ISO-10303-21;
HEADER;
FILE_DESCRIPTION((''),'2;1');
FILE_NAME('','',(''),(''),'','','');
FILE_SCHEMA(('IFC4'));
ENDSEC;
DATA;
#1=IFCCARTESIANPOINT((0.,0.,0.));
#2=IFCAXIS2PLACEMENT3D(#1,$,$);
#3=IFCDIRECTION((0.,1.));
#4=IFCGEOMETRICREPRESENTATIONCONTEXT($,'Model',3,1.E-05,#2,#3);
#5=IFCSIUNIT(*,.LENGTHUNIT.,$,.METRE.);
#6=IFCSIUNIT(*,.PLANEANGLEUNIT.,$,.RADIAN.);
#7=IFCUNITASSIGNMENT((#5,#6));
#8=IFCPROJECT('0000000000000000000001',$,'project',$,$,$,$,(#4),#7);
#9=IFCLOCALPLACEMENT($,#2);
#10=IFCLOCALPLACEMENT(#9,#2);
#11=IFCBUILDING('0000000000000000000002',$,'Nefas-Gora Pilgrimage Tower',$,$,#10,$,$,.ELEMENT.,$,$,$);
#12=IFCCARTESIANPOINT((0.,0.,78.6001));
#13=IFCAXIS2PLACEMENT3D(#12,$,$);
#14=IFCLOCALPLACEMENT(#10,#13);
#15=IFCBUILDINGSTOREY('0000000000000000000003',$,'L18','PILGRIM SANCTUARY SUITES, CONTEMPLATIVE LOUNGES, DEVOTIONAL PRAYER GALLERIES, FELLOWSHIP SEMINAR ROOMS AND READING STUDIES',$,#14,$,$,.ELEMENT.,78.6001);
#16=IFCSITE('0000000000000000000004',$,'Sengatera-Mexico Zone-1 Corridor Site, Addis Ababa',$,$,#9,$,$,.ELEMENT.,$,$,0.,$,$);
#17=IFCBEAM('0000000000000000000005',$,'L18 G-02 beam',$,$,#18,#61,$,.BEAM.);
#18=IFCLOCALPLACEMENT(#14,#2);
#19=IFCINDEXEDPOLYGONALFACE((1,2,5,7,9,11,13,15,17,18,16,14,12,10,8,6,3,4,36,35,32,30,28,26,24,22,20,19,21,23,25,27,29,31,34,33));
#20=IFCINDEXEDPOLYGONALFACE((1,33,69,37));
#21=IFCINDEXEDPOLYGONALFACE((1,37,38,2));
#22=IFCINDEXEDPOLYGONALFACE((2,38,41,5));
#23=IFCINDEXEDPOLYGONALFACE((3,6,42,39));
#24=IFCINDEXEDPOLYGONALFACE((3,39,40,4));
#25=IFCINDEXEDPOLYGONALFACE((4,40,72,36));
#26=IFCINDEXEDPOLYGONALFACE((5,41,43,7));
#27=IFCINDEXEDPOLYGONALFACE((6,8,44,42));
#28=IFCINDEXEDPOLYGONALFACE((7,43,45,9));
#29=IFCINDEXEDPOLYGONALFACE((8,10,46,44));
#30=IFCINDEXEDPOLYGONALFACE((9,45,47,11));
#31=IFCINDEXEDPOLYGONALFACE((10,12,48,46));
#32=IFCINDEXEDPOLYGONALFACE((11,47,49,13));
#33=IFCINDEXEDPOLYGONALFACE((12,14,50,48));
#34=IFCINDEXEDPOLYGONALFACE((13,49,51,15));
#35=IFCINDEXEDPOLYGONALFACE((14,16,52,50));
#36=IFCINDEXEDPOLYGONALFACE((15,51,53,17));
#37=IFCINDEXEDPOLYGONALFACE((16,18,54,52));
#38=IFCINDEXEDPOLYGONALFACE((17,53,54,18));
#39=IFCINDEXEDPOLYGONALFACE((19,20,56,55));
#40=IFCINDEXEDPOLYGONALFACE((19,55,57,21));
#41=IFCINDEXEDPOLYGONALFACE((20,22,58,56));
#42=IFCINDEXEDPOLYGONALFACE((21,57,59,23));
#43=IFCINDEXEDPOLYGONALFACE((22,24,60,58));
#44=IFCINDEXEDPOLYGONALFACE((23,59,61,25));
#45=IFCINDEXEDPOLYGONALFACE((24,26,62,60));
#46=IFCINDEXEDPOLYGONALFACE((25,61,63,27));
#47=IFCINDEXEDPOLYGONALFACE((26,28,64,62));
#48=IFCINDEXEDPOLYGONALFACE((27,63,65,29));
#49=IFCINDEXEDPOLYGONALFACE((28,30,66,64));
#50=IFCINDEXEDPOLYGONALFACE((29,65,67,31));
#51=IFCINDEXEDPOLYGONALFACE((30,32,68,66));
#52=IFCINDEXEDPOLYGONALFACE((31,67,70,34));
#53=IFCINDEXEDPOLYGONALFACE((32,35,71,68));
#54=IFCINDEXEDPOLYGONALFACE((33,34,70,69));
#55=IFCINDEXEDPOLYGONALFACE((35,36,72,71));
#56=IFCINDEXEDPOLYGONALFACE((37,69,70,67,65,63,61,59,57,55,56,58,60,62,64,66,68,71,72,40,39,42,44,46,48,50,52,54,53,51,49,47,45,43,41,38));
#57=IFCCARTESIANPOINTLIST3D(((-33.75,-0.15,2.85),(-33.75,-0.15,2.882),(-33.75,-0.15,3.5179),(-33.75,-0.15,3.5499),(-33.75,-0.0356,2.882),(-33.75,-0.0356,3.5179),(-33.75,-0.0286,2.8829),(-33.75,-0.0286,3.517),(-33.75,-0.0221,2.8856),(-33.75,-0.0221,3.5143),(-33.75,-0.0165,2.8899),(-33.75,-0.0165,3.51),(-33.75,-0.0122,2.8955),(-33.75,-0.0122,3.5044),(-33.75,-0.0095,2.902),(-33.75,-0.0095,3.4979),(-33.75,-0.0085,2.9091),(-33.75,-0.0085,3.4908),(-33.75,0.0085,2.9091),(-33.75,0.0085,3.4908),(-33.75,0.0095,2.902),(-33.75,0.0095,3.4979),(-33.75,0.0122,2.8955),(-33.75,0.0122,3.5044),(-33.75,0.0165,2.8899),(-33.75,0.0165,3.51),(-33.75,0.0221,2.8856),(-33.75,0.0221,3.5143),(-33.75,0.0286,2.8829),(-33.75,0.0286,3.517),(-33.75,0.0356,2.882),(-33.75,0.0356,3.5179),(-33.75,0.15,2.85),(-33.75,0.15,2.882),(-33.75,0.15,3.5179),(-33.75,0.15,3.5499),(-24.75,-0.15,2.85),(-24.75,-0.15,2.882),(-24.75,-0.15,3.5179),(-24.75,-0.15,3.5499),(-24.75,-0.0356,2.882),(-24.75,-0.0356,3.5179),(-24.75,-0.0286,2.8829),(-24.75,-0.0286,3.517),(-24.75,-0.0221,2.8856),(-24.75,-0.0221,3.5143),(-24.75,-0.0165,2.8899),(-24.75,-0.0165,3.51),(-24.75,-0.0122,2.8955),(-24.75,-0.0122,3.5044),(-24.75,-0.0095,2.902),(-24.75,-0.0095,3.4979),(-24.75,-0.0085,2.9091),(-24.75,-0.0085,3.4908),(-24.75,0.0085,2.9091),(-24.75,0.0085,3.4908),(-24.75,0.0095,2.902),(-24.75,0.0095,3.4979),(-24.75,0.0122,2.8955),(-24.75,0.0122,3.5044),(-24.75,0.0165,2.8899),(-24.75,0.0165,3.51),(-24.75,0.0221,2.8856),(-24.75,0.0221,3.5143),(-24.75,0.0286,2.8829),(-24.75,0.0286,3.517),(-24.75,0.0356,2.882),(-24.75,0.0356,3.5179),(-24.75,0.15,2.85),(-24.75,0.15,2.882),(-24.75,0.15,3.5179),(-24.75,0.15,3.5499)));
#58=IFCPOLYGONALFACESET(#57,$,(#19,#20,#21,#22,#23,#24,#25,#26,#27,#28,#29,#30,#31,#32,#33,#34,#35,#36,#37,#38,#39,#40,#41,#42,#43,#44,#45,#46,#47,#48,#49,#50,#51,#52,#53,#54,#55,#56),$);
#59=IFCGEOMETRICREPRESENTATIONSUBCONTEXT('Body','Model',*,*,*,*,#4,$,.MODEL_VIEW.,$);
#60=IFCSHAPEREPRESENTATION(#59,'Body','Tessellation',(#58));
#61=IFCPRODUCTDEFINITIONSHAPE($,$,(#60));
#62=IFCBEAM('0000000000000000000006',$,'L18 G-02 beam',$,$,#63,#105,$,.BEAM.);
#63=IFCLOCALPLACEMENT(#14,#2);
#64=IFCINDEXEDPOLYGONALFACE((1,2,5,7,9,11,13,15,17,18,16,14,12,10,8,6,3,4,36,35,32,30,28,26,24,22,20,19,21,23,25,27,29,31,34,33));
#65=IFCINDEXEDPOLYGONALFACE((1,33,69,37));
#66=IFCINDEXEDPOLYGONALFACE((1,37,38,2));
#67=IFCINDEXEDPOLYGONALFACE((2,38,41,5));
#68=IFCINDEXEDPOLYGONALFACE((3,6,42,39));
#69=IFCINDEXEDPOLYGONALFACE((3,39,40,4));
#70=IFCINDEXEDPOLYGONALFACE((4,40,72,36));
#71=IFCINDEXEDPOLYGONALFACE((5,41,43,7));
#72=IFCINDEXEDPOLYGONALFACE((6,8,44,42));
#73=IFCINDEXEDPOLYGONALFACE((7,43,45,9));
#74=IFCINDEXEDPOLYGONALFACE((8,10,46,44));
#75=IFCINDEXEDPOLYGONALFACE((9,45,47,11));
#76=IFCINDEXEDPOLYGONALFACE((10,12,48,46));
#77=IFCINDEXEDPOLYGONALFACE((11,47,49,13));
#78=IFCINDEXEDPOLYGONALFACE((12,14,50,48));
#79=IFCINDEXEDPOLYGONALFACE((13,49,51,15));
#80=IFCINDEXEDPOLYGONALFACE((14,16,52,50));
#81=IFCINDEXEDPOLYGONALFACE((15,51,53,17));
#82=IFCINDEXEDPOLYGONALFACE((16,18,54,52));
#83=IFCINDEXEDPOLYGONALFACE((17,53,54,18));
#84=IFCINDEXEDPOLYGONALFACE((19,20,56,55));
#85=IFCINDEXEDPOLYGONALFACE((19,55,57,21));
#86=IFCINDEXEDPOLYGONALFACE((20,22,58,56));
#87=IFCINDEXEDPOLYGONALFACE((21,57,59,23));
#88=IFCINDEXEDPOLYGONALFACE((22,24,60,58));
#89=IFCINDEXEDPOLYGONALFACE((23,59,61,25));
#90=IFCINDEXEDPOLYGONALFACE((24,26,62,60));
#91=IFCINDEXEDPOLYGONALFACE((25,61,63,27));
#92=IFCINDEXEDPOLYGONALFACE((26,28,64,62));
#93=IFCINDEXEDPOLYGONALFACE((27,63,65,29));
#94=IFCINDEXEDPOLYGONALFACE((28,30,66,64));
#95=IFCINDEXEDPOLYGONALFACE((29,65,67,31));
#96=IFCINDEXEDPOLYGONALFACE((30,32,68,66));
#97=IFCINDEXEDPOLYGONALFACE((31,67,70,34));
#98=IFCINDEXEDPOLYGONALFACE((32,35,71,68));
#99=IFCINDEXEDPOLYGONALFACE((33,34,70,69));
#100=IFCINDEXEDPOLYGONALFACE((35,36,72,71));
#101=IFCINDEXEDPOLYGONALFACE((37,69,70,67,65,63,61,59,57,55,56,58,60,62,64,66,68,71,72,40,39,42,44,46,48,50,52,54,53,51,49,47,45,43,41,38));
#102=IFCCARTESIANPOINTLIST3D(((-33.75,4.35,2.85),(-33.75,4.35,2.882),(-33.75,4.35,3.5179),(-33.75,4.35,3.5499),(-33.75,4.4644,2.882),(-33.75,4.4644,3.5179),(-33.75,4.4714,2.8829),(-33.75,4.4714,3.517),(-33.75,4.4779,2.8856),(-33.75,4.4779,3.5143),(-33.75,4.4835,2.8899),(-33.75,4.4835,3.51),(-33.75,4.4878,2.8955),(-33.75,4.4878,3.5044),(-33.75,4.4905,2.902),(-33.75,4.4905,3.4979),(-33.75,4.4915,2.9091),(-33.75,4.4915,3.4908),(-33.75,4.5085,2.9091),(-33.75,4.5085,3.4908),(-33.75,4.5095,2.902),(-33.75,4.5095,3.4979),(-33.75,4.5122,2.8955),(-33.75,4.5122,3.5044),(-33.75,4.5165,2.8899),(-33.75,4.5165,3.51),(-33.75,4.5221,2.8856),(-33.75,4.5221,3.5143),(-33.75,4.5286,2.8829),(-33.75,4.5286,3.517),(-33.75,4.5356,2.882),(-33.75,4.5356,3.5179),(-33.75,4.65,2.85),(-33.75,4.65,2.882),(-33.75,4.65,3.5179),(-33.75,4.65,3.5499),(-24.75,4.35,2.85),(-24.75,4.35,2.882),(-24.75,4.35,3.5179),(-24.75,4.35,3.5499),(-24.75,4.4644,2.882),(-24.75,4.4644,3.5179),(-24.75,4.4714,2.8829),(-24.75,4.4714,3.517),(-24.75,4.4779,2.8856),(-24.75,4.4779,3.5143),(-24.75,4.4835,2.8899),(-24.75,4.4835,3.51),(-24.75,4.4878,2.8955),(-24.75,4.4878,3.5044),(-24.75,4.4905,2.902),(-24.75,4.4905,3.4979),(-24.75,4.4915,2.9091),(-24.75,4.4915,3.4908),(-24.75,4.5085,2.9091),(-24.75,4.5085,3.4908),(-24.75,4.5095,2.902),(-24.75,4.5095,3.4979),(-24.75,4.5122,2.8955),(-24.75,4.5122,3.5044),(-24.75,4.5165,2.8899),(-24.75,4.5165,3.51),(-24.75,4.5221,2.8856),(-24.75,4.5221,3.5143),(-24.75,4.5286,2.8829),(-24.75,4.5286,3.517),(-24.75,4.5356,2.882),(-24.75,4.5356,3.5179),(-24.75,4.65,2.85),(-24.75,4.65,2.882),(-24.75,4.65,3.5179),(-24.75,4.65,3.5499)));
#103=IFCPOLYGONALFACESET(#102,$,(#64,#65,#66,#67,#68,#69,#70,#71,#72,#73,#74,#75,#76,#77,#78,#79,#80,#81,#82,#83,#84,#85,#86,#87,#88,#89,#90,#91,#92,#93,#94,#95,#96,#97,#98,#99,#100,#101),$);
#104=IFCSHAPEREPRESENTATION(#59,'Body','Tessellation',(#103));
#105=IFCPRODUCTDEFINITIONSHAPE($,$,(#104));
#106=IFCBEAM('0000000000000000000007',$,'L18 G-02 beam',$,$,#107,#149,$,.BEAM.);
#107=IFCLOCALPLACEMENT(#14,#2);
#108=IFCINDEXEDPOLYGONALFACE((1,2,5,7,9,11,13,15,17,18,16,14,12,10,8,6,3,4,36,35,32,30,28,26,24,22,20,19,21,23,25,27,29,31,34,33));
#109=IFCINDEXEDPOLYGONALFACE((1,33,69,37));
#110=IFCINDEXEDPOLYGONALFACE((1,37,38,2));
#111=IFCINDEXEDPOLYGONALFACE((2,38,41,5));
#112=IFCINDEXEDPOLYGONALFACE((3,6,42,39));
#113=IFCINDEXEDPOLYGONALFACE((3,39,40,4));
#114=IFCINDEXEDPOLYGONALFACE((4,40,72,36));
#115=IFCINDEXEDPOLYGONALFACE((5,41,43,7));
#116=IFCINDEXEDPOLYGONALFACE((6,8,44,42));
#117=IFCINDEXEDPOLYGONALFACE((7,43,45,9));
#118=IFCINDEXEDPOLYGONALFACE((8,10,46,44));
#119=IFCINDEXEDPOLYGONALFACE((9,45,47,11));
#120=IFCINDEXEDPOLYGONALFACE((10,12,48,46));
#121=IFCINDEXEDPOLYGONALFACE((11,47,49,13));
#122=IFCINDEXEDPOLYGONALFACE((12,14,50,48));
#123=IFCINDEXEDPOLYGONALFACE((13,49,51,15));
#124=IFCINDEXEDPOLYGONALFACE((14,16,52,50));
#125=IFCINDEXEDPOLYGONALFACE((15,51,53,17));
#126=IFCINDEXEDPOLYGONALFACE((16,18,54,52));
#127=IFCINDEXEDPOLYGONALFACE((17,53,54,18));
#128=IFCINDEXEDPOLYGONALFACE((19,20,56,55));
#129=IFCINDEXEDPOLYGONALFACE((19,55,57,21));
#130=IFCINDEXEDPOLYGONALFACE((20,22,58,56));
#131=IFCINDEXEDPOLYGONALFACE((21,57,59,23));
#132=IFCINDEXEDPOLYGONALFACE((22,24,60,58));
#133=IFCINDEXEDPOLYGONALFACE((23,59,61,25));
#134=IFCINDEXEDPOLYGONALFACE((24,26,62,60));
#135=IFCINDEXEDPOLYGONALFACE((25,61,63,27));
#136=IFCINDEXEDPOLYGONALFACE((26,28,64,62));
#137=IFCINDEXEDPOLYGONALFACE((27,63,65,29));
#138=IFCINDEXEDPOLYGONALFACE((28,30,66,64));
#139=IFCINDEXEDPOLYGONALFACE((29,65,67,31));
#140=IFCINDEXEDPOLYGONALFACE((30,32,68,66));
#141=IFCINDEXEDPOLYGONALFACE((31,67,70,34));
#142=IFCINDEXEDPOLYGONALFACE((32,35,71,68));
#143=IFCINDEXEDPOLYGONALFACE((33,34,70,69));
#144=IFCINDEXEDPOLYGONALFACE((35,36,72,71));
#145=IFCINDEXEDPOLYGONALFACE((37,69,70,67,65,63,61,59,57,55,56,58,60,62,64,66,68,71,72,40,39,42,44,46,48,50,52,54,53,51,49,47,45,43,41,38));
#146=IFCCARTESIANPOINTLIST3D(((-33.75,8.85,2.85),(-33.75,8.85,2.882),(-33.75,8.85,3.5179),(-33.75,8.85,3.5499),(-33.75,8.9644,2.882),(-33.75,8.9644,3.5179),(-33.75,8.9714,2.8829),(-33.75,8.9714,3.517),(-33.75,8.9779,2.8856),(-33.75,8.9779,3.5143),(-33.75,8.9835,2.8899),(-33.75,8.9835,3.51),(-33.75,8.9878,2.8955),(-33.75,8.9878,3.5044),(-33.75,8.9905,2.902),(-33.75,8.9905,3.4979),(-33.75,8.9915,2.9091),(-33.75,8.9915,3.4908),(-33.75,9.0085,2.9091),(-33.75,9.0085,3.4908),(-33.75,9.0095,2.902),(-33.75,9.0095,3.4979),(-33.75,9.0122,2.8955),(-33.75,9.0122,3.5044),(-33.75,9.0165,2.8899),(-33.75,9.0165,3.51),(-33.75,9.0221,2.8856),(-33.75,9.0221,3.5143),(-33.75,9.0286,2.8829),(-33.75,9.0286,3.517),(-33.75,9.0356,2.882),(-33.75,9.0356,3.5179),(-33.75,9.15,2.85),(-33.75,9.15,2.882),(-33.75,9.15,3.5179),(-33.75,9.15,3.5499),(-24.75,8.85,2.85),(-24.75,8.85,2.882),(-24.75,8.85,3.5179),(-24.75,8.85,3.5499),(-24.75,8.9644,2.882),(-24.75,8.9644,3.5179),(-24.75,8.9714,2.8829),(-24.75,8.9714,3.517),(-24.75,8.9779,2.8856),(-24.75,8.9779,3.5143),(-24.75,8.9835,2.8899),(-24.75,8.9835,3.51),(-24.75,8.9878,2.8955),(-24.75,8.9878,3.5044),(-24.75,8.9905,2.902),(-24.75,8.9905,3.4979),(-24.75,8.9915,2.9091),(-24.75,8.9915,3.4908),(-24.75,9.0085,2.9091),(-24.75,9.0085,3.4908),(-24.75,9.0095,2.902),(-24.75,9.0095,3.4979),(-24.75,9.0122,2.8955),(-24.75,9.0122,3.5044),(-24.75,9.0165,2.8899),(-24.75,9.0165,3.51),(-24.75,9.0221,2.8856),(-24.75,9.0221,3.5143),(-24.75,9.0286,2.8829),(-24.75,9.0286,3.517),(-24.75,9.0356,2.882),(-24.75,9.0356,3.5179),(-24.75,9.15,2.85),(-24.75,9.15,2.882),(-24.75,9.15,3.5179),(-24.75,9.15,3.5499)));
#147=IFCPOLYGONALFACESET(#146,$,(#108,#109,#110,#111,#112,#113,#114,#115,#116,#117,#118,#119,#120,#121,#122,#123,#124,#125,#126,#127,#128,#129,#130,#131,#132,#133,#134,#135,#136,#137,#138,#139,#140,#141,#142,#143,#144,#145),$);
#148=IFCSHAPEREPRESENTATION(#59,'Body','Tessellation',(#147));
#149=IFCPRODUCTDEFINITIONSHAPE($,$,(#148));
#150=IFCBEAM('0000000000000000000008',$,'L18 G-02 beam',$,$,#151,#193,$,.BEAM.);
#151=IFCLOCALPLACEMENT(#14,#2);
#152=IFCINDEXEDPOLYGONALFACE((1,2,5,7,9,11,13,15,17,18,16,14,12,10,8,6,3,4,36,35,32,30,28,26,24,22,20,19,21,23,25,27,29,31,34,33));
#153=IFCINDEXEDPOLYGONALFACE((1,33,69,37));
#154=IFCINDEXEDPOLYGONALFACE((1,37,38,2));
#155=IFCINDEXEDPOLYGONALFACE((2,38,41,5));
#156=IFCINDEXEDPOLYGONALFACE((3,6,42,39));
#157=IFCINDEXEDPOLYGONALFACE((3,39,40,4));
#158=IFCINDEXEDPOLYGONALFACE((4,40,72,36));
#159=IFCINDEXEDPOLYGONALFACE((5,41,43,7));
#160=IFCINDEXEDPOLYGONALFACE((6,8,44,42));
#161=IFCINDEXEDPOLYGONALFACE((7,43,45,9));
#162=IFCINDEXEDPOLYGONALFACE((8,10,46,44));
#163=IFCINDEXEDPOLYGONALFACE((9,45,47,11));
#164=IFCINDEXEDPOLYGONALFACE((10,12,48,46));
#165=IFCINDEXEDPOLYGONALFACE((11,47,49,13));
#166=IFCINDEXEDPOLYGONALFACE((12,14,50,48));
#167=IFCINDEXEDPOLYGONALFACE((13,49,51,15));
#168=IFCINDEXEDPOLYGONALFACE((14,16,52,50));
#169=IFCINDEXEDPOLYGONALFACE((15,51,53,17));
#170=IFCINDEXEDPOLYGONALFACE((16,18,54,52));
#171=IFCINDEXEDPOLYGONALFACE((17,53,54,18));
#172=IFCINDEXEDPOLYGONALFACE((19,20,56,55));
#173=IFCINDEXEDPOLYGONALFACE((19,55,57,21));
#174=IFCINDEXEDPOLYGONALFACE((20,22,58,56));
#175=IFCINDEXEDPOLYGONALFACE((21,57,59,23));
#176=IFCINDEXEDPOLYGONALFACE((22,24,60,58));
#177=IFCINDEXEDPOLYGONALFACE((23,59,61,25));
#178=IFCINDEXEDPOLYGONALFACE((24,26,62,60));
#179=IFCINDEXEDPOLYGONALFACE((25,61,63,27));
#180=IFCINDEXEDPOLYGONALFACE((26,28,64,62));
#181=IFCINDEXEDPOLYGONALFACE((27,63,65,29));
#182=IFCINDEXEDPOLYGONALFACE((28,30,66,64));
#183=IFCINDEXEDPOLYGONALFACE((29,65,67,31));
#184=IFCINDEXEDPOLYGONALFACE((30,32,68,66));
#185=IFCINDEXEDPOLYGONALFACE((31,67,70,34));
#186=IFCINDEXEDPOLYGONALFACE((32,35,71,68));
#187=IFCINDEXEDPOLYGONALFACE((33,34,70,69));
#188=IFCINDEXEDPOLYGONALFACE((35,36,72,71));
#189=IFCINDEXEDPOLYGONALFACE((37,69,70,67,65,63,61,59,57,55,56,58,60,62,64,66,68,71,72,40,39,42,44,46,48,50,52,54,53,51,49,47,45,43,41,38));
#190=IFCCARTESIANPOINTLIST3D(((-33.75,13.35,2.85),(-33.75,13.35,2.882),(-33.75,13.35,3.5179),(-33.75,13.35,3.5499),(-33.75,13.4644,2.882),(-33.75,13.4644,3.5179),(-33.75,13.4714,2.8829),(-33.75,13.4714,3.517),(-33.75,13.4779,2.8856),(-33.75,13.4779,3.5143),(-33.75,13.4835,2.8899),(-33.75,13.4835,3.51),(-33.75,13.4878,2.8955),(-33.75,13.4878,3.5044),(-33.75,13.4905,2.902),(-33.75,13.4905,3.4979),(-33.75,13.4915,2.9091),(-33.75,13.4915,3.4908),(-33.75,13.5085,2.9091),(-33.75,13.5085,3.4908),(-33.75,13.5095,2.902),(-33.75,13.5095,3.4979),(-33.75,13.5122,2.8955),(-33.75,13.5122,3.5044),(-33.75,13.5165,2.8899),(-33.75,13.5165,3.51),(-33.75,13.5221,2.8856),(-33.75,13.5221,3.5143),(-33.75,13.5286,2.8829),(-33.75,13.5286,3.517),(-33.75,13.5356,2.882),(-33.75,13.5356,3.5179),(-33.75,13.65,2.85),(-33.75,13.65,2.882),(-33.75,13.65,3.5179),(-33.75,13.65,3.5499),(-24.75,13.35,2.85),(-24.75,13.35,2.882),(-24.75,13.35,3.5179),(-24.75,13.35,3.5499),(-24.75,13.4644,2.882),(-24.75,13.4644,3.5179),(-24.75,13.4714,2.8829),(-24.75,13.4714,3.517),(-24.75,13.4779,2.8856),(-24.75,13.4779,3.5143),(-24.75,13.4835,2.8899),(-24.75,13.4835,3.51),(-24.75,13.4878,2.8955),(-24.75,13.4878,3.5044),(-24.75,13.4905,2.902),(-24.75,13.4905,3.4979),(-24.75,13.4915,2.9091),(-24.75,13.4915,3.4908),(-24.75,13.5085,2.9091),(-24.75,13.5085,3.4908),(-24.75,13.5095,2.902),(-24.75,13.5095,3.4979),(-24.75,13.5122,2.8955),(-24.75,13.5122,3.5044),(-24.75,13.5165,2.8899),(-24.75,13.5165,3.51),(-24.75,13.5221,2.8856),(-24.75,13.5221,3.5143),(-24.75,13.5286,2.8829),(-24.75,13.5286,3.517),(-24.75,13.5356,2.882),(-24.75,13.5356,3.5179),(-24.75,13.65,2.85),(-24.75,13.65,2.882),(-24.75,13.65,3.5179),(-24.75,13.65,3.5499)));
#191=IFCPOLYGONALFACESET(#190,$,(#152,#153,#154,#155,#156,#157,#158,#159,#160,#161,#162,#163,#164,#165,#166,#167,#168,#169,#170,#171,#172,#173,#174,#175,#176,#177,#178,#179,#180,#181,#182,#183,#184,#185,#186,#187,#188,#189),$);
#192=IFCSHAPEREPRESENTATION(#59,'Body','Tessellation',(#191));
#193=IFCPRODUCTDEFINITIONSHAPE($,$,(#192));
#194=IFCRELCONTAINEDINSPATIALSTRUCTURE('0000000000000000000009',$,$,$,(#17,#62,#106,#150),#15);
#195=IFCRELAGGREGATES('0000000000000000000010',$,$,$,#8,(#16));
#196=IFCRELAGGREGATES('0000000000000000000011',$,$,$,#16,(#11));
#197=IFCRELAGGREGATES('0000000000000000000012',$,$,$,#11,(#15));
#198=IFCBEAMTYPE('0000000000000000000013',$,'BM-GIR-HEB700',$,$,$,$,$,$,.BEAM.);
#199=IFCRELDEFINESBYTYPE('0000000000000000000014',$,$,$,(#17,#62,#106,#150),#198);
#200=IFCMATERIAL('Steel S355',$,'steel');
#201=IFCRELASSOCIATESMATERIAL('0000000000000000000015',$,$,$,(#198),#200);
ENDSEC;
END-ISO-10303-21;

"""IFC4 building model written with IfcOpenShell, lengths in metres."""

from ifc_helpers import new_model, si_unit, direction, frame, origin, origin_2d, place, context, subcontext, project, spatial, i_section, extrude, source, transform, mapped, material, material_profile, profile_set, type_object, element, save


model = new_model("IFC4")

# Units and contexts
model_context = context("Model", 3, precision=1e-05, world=origin(), true_north=direction((0.0, 1.0)))
body_context = subcontext(model_context, "Body", "Model", "MODEL_VIEW")
ifc_project = project(units=[si_unit("LENGTHUNIT", "METRE"), si_unit("PLANEANGLEUNIT", "RADIAN")], contexts=[model_context])

# Site, building, storey
site_placement = place(None, origin())
site = spatial("IfcSite", under=ifc_project, at=site_placement, Name="Sengatera-Mexico Zone-1 Corridor Site, Addis Ababa", CompositionType="ELEMENT", RefElevation=0.0)
building_placement = place(site_placement, origin())
building = spatial("IfcBuilding", under=site, at=building_placement, Name="Nefas-Gora Pilgrimage Tower", CompositionType="ELEMENT")
storey_placement = place(building_placement, frame((0.0, 0.0, 78.6001)))
storey = spatial("IfcBuildingStorey", under=building, at=storey_placement, Name="L18", Description="PILGRIM SANCTUARY SUITES, CONTEMPLATIVE LOUNGES, DEVOTIONAL PRAYER GALLERIES, FELLOWSHIP SEMINAR ROOMS AND READING STUDIES", CompositionType="ELEMENT", Elevation=78.6001)

# Beams
ifc_material_1 = material(Name="Steel S355", Category="steel")
ifc_material_profile_1 = material_profile(ifc_material_1, i_section(OverallWidth=0.3, OverallDepth=0.7, WebThickness=0.0171, FlangeThickness=0.032, FilletRadius=0.0271, at=origin_2d()), Name="HEB 700")
ifc_profile_set_1 = profile_set([ifc_material_profile_1], Name="Steel S355")
beam_type_1 = type_object("IfcBeamType", Name="BM-GIR-HEB700", PredefinedType="BEAM", material=ifc_profile_set_1)
shared_shape_1 = source(origin(), body_context, "Body", "SweptSolid", [
    extrude(i_section(OverallWidth=0.3, OverallDepth=0.7, WebThickness=0.0171, FlangeThickness=0.032, FilletRadius=0.0271, at=origin_2d()), origin(), (0.0, 0.0, 1.0), 9.0),
])
for number, where, z_axis, x_axis, name in (
    (1, (-33.75, 0.0, 3.2), (1.0, 0.0, 0.0), (0.0, 1.0, 0.0), "L18 G-02 beam"),
    (2, (-33.75, 4.5, 3.2), (1.0, 0.0, 0.0), (0.0, 1.0, 0.0), "L18 G-02 beam"),
    (3, (-33.75, 9.0, 3.2), (1.0, 0.0, 0.0), (0.0, 1.0, 0.0), "L18 G-02 beam"),
    (4, (-33.75, 13.5, 3.2), (1.0, 0.0, 0.0), (0.0, 1.0, 0.0), "L18 G-02 beam"),
):
    element("IfcBeam", number, at=place(storey_placement, frame(where, z_axis=z_axis, x_axis=x_axis)), inside=storey, type_object=beam_type_1, Name=name, PredefinedType="BEAM", context=body_context, shape_type="MappedRepresentation", body=[
        mapped(shared_shape_1, transform((0.0, 0.0, 0.0), x_axis=(1.0, 0.0, 0.0), y_axis=(0.0, 1.0, 0.0), z_axis=(0.0, 0.0, 1.0), scale=1.0)),
    ])

save(model, "model.ifc")
